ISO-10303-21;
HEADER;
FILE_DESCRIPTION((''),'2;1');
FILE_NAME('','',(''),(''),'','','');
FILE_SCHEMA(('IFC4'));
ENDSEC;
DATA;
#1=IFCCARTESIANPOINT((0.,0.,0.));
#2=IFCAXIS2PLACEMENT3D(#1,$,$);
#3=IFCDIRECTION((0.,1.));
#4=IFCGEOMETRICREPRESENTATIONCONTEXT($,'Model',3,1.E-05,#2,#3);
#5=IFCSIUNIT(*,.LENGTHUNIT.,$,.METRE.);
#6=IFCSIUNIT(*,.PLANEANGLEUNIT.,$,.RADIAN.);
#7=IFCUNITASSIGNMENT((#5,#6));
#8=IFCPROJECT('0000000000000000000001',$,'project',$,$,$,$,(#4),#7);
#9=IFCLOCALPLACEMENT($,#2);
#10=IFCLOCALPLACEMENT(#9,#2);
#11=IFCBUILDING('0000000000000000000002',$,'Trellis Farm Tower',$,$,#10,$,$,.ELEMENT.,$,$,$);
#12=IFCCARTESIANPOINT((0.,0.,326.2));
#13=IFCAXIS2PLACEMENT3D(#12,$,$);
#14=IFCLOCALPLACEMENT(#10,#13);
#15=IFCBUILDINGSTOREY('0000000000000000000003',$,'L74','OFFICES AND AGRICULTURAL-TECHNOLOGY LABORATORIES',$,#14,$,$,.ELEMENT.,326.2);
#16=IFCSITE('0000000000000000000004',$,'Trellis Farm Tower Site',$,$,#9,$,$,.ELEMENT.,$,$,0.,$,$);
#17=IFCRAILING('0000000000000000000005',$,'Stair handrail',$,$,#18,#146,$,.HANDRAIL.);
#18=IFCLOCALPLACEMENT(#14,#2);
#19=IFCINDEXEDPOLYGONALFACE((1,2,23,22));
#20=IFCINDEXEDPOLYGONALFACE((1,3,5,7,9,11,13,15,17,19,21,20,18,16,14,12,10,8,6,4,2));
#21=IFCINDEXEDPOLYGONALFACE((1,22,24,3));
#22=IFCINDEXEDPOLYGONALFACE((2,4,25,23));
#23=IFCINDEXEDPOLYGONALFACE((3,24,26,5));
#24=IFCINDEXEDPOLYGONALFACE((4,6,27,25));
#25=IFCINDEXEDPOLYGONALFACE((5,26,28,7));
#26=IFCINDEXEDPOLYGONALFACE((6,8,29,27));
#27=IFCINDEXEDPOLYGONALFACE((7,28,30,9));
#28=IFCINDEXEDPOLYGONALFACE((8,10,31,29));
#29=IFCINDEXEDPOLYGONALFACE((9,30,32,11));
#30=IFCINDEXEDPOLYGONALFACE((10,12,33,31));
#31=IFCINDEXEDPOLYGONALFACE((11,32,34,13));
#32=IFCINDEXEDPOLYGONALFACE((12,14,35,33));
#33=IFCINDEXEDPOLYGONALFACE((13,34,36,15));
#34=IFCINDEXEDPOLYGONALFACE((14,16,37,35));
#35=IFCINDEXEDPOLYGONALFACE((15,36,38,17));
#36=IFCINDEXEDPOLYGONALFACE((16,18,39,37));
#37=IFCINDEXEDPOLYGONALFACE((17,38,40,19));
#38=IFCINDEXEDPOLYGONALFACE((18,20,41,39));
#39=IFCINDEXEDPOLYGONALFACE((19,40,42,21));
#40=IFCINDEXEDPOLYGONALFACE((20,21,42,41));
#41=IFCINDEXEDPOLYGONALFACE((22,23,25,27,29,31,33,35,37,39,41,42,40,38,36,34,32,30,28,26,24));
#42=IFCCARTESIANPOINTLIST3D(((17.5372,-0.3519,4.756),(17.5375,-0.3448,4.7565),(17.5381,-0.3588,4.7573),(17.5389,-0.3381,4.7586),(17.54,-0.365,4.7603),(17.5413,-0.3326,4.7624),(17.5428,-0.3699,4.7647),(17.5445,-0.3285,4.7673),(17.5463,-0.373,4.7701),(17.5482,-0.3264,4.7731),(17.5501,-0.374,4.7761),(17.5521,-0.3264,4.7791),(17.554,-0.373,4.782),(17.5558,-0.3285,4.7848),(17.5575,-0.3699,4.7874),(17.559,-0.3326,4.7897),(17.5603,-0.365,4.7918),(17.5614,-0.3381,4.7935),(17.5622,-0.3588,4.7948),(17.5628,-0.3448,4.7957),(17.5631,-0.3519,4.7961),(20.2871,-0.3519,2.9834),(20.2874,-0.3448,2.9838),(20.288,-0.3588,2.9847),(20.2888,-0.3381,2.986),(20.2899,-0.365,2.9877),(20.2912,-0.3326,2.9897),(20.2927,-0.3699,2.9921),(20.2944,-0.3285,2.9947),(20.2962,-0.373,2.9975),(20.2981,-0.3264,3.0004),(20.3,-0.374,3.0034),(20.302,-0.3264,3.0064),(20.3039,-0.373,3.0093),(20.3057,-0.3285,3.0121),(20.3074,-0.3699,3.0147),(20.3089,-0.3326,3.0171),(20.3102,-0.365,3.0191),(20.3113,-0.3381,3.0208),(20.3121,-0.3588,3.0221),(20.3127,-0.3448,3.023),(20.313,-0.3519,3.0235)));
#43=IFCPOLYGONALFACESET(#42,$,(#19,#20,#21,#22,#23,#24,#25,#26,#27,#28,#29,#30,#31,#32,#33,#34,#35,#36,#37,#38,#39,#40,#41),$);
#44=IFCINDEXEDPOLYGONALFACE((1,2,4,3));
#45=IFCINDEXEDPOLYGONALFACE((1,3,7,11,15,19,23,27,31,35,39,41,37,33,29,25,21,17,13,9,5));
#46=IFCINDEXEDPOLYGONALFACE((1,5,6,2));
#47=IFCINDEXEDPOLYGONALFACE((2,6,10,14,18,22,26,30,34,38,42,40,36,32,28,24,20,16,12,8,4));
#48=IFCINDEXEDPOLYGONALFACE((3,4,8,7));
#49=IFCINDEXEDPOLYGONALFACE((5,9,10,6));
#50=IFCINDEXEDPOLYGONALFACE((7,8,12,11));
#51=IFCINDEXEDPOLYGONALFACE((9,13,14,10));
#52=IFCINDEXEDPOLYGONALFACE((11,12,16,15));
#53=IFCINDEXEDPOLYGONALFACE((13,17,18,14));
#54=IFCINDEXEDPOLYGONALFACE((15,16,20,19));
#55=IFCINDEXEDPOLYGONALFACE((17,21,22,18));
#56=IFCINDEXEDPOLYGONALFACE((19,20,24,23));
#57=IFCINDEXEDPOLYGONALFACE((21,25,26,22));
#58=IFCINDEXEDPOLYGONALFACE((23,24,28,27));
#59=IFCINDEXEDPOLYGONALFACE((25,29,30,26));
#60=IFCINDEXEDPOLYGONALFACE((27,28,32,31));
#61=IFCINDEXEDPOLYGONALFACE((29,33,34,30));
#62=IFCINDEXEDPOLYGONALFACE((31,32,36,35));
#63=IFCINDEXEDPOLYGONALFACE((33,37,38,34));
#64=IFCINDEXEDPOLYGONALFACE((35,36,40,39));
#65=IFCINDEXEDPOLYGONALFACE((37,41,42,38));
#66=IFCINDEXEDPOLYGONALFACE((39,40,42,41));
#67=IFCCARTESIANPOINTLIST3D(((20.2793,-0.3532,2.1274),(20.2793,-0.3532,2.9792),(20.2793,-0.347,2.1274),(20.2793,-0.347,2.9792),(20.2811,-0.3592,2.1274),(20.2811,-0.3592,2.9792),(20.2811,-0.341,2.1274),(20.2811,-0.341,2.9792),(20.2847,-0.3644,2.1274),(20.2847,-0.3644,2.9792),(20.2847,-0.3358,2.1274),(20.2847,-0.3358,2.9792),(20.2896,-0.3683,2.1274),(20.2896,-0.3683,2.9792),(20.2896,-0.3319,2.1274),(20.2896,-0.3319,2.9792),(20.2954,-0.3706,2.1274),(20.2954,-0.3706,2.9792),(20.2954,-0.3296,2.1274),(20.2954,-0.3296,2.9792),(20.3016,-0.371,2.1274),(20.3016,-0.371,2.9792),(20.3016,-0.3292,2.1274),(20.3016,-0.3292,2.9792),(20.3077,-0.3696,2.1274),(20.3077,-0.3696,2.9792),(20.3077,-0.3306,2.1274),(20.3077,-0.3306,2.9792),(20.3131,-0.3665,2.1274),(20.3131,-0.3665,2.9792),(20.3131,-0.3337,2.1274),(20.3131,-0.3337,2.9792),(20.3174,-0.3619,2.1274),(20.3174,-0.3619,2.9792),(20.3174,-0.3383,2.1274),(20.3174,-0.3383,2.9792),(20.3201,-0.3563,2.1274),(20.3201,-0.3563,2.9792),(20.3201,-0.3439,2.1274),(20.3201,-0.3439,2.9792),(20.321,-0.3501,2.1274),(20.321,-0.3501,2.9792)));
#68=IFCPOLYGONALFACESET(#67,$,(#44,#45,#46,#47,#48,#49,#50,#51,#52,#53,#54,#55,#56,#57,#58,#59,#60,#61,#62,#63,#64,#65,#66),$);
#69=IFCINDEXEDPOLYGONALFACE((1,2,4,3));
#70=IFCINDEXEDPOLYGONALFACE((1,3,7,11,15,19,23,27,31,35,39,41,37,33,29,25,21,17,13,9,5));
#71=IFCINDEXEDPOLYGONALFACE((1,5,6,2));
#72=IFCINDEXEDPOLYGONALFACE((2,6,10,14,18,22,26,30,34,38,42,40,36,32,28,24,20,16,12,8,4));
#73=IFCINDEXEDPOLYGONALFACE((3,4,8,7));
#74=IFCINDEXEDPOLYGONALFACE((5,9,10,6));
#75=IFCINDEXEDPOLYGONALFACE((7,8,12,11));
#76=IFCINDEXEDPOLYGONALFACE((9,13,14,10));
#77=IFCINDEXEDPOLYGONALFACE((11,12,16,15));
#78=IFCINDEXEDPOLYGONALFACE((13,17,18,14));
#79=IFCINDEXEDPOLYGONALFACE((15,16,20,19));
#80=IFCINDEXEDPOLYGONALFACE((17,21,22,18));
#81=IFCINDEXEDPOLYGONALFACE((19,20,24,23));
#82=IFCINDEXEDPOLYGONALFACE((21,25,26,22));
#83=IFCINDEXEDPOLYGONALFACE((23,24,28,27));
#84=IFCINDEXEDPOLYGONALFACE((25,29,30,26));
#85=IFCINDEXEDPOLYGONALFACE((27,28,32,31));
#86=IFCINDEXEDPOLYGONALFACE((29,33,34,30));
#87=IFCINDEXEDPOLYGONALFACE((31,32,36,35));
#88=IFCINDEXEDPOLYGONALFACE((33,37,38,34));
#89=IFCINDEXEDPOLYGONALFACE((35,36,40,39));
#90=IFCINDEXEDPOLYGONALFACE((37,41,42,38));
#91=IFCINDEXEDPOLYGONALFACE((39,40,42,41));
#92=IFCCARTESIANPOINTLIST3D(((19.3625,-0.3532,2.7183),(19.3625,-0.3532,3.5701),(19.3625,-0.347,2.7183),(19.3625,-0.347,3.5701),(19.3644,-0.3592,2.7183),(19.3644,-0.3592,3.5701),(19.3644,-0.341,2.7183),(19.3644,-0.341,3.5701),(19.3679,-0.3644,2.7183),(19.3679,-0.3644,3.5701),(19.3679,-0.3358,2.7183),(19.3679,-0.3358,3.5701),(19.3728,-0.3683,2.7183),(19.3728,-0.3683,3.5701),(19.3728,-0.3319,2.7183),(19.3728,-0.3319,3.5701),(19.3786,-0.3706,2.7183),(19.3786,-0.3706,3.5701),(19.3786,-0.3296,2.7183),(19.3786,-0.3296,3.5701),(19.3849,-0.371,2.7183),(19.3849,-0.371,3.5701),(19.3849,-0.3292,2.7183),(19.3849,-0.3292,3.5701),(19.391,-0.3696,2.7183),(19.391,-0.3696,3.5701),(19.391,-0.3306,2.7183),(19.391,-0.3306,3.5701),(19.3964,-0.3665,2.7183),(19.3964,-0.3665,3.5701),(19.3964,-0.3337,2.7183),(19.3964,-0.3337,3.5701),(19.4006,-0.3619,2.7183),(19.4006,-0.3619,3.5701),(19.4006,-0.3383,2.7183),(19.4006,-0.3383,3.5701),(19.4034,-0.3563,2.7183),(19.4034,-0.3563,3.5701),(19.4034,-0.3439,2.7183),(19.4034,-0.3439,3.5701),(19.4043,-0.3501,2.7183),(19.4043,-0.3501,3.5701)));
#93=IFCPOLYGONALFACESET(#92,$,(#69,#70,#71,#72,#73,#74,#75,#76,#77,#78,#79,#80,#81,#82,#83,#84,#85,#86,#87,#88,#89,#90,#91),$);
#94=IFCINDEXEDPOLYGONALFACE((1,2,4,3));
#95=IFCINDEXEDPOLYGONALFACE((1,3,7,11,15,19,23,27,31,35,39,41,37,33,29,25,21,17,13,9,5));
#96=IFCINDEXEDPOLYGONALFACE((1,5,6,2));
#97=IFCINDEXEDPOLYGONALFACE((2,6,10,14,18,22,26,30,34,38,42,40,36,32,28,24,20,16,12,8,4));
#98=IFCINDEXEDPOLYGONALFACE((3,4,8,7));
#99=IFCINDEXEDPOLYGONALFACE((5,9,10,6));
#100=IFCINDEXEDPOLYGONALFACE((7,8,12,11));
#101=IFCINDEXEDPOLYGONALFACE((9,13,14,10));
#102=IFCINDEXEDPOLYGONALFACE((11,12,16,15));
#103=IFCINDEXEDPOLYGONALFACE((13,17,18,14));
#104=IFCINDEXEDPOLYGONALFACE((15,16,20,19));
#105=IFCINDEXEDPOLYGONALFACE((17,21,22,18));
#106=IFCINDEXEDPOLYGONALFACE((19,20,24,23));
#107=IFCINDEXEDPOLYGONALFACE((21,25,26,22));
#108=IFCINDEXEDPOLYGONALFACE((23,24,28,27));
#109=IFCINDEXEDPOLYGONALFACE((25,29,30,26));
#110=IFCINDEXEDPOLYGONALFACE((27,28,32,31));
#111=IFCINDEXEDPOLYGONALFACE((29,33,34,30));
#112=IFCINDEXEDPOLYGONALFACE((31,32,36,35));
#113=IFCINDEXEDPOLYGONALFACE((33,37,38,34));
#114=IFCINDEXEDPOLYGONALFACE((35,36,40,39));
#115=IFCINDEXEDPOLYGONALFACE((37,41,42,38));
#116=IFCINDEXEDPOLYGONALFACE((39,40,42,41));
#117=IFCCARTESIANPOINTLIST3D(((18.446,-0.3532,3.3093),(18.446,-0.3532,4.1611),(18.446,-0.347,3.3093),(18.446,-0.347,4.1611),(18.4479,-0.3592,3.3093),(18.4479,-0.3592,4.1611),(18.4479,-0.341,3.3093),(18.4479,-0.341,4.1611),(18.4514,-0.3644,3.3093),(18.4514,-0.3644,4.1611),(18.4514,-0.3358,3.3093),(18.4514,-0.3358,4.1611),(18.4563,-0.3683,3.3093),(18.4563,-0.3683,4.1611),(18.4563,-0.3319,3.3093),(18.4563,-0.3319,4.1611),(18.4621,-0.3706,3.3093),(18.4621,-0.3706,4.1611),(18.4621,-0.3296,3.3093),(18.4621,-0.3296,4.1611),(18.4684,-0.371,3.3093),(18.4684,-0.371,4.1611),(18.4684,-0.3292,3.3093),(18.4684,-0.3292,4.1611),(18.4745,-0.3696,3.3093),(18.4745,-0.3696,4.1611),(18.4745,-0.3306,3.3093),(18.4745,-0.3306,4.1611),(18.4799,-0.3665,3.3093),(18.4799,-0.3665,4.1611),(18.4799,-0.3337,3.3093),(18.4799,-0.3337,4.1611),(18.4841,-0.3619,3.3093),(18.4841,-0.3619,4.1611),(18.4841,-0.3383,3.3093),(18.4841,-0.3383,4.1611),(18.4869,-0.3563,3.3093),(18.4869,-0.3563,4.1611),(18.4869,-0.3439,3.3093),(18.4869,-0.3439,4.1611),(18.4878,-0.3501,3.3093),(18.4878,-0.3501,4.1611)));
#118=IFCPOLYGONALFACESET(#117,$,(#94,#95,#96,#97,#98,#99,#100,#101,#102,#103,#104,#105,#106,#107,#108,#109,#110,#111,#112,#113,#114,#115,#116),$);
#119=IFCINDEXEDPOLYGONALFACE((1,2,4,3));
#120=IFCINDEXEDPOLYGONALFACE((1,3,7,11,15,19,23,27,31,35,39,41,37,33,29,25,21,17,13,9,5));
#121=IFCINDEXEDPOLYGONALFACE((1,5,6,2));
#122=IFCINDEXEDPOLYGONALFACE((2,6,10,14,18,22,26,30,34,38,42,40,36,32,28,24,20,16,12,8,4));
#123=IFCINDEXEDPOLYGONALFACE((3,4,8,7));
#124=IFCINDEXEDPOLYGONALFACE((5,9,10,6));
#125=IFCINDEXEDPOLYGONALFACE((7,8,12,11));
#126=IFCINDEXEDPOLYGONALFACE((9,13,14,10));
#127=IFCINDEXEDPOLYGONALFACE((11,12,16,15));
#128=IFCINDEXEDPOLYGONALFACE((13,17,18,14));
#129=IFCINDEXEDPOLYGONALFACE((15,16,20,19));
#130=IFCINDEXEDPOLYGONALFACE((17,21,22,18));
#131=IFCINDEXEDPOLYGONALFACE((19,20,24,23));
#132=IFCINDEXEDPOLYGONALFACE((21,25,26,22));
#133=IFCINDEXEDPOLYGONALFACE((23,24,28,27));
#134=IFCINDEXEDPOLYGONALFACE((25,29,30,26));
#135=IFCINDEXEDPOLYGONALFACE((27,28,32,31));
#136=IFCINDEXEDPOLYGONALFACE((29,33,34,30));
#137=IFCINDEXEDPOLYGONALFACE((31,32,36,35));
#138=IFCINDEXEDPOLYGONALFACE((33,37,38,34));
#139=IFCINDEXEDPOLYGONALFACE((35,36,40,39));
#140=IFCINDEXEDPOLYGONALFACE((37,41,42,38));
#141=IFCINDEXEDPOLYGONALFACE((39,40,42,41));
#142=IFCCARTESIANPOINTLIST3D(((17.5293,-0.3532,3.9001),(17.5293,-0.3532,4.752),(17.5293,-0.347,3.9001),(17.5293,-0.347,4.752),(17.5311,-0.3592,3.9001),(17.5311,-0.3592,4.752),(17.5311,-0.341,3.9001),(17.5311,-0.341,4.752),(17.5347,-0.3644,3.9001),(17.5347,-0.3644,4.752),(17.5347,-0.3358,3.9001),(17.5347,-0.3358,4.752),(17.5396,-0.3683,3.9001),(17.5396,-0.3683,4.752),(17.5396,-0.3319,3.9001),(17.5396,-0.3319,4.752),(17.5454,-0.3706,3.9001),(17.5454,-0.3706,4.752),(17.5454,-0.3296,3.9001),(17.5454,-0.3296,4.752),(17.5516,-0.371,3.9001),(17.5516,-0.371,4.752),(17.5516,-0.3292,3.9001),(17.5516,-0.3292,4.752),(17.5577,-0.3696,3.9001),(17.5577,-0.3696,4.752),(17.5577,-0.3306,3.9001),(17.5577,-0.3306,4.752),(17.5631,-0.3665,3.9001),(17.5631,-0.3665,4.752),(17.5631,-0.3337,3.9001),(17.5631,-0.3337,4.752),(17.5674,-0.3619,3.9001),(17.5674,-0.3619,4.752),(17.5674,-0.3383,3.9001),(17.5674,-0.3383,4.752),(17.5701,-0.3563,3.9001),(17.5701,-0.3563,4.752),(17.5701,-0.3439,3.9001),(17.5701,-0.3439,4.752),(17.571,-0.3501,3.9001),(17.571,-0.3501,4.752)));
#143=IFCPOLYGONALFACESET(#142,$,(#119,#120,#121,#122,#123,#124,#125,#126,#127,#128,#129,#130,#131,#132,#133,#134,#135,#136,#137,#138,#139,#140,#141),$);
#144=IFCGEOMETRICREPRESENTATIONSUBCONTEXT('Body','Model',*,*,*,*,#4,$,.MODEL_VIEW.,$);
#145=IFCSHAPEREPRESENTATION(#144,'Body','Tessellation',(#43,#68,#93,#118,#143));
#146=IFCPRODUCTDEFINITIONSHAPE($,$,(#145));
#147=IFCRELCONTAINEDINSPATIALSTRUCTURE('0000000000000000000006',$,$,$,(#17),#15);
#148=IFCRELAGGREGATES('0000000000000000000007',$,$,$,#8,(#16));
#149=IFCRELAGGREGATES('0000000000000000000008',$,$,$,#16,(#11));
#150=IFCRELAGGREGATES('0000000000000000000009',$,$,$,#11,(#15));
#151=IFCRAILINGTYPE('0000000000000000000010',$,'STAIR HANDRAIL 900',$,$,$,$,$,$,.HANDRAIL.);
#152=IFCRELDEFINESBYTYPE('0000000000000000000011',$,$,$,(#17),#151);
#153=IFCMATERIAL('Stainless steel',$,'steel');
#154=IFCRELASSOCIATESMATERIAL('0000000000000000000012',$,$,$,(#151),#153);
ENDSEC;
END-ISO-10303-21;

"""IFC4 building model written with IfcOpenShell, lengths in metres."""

from ifc_helpers import new_model, si_unit, direction, frame, origin, origin_2d, place, context, subcontext, project, spatial, circle, extrude, source, transform, mapped, material, type_object, element, save


model = new_model("IFC4")

# Units and contexts
model_context = context("Model", 3, precision=1e-05, world=origin(), true_north=direction((0.0, 1.0)))
body_context = subcontext(model_context, "Body", "Model", "MODEL_VIEW")
ifc_project = project(units=[si_unit("LENGTHUNIT", "METRE"), si_unit("PLANEANGLEUNIT", "RADIAN")], contexts=[model_context])

# Site, building, storey
site_placement = place(None, origin())
site = spatial("IfcSite", under=ifc_project, at=site_placement, Name="Trellis Farm Tower Site", CompositionType="ELEMENT", RefElevation=0.0)
building_placement = place(site_placement, origin())
building = spatial("IfcBuilding", under=site, at=building_placement, Name="Trellis Farm Tower", CompositionType="ELEMENT")
storey_placement = place(building_placement, frame((0.0, 0.0, 326.2)))
storey = spatial("IfcBuildingStorey", under=building, at=storey_placement, Name="L74", Description="OFFICES AND AGRICULTURAL-TECHNOLOGY LABORATORIES", CompositionType="ELEMENT", Elevation=326.2)

# Railing
ifc_material_1 = material(Name="Stainless steel", Category="steel")
railing_type = type_object("IfcRailingType", Name="STAIR HANDRAIL 900", PredefinedType="HANDRAIL", material=ifc_material_1)
shared_shape_1 = source(origin(), body_context, "Body", "SweptSolid", [
    extrude(circle(Radius=0.0239, at=origin_2d()), frame((0.0, 0.0, 0.876), z_axis=(-0.840504, 0.0, 0.541806), x_axis=(0.0, -1.0, 0.0)), (0.0, 0.0, 1.0), 3.2717),
    extrude(circle(Radius=0.021, at=origin_2d()), origin(), (0.0, 0.0, 1.0), 0.8518),
    extrude(circle(Radius=0.021, at=origin_2d()), frame((-0.9167, 0.0, 0.5908)), (0.0, 0.0, 1.0), 0.8518),
    extrude(circle(Radius=0.021, at=origin_2d()), frame((-1.8333, 0.0, 1.1819)), (0.0, 0.0, 1.0), 0.8518),
    extrude(circle(Radius=0.021, at=origin_2d()), frame((-2.75, 0.0, 1.7727)), (0.0, 0.0, 1.0), 0.8518),
])
for number, where, name in (
    (1, (20.3, -0.3501, 2.1274), "Stair handrail"),
):
    element("IfcRailing", number, at=place(storey_placement, frame(where)), inside=storey, type_object=railing_type, Name=name, PredefinedType="HANDRAIL", context=body_context, shape_type="MappedRepresentation", body=[
        mapped(shared_shape_1, transform((0.0, 0.0, 0.0))),
    ])

save(model, "model.ifc")
